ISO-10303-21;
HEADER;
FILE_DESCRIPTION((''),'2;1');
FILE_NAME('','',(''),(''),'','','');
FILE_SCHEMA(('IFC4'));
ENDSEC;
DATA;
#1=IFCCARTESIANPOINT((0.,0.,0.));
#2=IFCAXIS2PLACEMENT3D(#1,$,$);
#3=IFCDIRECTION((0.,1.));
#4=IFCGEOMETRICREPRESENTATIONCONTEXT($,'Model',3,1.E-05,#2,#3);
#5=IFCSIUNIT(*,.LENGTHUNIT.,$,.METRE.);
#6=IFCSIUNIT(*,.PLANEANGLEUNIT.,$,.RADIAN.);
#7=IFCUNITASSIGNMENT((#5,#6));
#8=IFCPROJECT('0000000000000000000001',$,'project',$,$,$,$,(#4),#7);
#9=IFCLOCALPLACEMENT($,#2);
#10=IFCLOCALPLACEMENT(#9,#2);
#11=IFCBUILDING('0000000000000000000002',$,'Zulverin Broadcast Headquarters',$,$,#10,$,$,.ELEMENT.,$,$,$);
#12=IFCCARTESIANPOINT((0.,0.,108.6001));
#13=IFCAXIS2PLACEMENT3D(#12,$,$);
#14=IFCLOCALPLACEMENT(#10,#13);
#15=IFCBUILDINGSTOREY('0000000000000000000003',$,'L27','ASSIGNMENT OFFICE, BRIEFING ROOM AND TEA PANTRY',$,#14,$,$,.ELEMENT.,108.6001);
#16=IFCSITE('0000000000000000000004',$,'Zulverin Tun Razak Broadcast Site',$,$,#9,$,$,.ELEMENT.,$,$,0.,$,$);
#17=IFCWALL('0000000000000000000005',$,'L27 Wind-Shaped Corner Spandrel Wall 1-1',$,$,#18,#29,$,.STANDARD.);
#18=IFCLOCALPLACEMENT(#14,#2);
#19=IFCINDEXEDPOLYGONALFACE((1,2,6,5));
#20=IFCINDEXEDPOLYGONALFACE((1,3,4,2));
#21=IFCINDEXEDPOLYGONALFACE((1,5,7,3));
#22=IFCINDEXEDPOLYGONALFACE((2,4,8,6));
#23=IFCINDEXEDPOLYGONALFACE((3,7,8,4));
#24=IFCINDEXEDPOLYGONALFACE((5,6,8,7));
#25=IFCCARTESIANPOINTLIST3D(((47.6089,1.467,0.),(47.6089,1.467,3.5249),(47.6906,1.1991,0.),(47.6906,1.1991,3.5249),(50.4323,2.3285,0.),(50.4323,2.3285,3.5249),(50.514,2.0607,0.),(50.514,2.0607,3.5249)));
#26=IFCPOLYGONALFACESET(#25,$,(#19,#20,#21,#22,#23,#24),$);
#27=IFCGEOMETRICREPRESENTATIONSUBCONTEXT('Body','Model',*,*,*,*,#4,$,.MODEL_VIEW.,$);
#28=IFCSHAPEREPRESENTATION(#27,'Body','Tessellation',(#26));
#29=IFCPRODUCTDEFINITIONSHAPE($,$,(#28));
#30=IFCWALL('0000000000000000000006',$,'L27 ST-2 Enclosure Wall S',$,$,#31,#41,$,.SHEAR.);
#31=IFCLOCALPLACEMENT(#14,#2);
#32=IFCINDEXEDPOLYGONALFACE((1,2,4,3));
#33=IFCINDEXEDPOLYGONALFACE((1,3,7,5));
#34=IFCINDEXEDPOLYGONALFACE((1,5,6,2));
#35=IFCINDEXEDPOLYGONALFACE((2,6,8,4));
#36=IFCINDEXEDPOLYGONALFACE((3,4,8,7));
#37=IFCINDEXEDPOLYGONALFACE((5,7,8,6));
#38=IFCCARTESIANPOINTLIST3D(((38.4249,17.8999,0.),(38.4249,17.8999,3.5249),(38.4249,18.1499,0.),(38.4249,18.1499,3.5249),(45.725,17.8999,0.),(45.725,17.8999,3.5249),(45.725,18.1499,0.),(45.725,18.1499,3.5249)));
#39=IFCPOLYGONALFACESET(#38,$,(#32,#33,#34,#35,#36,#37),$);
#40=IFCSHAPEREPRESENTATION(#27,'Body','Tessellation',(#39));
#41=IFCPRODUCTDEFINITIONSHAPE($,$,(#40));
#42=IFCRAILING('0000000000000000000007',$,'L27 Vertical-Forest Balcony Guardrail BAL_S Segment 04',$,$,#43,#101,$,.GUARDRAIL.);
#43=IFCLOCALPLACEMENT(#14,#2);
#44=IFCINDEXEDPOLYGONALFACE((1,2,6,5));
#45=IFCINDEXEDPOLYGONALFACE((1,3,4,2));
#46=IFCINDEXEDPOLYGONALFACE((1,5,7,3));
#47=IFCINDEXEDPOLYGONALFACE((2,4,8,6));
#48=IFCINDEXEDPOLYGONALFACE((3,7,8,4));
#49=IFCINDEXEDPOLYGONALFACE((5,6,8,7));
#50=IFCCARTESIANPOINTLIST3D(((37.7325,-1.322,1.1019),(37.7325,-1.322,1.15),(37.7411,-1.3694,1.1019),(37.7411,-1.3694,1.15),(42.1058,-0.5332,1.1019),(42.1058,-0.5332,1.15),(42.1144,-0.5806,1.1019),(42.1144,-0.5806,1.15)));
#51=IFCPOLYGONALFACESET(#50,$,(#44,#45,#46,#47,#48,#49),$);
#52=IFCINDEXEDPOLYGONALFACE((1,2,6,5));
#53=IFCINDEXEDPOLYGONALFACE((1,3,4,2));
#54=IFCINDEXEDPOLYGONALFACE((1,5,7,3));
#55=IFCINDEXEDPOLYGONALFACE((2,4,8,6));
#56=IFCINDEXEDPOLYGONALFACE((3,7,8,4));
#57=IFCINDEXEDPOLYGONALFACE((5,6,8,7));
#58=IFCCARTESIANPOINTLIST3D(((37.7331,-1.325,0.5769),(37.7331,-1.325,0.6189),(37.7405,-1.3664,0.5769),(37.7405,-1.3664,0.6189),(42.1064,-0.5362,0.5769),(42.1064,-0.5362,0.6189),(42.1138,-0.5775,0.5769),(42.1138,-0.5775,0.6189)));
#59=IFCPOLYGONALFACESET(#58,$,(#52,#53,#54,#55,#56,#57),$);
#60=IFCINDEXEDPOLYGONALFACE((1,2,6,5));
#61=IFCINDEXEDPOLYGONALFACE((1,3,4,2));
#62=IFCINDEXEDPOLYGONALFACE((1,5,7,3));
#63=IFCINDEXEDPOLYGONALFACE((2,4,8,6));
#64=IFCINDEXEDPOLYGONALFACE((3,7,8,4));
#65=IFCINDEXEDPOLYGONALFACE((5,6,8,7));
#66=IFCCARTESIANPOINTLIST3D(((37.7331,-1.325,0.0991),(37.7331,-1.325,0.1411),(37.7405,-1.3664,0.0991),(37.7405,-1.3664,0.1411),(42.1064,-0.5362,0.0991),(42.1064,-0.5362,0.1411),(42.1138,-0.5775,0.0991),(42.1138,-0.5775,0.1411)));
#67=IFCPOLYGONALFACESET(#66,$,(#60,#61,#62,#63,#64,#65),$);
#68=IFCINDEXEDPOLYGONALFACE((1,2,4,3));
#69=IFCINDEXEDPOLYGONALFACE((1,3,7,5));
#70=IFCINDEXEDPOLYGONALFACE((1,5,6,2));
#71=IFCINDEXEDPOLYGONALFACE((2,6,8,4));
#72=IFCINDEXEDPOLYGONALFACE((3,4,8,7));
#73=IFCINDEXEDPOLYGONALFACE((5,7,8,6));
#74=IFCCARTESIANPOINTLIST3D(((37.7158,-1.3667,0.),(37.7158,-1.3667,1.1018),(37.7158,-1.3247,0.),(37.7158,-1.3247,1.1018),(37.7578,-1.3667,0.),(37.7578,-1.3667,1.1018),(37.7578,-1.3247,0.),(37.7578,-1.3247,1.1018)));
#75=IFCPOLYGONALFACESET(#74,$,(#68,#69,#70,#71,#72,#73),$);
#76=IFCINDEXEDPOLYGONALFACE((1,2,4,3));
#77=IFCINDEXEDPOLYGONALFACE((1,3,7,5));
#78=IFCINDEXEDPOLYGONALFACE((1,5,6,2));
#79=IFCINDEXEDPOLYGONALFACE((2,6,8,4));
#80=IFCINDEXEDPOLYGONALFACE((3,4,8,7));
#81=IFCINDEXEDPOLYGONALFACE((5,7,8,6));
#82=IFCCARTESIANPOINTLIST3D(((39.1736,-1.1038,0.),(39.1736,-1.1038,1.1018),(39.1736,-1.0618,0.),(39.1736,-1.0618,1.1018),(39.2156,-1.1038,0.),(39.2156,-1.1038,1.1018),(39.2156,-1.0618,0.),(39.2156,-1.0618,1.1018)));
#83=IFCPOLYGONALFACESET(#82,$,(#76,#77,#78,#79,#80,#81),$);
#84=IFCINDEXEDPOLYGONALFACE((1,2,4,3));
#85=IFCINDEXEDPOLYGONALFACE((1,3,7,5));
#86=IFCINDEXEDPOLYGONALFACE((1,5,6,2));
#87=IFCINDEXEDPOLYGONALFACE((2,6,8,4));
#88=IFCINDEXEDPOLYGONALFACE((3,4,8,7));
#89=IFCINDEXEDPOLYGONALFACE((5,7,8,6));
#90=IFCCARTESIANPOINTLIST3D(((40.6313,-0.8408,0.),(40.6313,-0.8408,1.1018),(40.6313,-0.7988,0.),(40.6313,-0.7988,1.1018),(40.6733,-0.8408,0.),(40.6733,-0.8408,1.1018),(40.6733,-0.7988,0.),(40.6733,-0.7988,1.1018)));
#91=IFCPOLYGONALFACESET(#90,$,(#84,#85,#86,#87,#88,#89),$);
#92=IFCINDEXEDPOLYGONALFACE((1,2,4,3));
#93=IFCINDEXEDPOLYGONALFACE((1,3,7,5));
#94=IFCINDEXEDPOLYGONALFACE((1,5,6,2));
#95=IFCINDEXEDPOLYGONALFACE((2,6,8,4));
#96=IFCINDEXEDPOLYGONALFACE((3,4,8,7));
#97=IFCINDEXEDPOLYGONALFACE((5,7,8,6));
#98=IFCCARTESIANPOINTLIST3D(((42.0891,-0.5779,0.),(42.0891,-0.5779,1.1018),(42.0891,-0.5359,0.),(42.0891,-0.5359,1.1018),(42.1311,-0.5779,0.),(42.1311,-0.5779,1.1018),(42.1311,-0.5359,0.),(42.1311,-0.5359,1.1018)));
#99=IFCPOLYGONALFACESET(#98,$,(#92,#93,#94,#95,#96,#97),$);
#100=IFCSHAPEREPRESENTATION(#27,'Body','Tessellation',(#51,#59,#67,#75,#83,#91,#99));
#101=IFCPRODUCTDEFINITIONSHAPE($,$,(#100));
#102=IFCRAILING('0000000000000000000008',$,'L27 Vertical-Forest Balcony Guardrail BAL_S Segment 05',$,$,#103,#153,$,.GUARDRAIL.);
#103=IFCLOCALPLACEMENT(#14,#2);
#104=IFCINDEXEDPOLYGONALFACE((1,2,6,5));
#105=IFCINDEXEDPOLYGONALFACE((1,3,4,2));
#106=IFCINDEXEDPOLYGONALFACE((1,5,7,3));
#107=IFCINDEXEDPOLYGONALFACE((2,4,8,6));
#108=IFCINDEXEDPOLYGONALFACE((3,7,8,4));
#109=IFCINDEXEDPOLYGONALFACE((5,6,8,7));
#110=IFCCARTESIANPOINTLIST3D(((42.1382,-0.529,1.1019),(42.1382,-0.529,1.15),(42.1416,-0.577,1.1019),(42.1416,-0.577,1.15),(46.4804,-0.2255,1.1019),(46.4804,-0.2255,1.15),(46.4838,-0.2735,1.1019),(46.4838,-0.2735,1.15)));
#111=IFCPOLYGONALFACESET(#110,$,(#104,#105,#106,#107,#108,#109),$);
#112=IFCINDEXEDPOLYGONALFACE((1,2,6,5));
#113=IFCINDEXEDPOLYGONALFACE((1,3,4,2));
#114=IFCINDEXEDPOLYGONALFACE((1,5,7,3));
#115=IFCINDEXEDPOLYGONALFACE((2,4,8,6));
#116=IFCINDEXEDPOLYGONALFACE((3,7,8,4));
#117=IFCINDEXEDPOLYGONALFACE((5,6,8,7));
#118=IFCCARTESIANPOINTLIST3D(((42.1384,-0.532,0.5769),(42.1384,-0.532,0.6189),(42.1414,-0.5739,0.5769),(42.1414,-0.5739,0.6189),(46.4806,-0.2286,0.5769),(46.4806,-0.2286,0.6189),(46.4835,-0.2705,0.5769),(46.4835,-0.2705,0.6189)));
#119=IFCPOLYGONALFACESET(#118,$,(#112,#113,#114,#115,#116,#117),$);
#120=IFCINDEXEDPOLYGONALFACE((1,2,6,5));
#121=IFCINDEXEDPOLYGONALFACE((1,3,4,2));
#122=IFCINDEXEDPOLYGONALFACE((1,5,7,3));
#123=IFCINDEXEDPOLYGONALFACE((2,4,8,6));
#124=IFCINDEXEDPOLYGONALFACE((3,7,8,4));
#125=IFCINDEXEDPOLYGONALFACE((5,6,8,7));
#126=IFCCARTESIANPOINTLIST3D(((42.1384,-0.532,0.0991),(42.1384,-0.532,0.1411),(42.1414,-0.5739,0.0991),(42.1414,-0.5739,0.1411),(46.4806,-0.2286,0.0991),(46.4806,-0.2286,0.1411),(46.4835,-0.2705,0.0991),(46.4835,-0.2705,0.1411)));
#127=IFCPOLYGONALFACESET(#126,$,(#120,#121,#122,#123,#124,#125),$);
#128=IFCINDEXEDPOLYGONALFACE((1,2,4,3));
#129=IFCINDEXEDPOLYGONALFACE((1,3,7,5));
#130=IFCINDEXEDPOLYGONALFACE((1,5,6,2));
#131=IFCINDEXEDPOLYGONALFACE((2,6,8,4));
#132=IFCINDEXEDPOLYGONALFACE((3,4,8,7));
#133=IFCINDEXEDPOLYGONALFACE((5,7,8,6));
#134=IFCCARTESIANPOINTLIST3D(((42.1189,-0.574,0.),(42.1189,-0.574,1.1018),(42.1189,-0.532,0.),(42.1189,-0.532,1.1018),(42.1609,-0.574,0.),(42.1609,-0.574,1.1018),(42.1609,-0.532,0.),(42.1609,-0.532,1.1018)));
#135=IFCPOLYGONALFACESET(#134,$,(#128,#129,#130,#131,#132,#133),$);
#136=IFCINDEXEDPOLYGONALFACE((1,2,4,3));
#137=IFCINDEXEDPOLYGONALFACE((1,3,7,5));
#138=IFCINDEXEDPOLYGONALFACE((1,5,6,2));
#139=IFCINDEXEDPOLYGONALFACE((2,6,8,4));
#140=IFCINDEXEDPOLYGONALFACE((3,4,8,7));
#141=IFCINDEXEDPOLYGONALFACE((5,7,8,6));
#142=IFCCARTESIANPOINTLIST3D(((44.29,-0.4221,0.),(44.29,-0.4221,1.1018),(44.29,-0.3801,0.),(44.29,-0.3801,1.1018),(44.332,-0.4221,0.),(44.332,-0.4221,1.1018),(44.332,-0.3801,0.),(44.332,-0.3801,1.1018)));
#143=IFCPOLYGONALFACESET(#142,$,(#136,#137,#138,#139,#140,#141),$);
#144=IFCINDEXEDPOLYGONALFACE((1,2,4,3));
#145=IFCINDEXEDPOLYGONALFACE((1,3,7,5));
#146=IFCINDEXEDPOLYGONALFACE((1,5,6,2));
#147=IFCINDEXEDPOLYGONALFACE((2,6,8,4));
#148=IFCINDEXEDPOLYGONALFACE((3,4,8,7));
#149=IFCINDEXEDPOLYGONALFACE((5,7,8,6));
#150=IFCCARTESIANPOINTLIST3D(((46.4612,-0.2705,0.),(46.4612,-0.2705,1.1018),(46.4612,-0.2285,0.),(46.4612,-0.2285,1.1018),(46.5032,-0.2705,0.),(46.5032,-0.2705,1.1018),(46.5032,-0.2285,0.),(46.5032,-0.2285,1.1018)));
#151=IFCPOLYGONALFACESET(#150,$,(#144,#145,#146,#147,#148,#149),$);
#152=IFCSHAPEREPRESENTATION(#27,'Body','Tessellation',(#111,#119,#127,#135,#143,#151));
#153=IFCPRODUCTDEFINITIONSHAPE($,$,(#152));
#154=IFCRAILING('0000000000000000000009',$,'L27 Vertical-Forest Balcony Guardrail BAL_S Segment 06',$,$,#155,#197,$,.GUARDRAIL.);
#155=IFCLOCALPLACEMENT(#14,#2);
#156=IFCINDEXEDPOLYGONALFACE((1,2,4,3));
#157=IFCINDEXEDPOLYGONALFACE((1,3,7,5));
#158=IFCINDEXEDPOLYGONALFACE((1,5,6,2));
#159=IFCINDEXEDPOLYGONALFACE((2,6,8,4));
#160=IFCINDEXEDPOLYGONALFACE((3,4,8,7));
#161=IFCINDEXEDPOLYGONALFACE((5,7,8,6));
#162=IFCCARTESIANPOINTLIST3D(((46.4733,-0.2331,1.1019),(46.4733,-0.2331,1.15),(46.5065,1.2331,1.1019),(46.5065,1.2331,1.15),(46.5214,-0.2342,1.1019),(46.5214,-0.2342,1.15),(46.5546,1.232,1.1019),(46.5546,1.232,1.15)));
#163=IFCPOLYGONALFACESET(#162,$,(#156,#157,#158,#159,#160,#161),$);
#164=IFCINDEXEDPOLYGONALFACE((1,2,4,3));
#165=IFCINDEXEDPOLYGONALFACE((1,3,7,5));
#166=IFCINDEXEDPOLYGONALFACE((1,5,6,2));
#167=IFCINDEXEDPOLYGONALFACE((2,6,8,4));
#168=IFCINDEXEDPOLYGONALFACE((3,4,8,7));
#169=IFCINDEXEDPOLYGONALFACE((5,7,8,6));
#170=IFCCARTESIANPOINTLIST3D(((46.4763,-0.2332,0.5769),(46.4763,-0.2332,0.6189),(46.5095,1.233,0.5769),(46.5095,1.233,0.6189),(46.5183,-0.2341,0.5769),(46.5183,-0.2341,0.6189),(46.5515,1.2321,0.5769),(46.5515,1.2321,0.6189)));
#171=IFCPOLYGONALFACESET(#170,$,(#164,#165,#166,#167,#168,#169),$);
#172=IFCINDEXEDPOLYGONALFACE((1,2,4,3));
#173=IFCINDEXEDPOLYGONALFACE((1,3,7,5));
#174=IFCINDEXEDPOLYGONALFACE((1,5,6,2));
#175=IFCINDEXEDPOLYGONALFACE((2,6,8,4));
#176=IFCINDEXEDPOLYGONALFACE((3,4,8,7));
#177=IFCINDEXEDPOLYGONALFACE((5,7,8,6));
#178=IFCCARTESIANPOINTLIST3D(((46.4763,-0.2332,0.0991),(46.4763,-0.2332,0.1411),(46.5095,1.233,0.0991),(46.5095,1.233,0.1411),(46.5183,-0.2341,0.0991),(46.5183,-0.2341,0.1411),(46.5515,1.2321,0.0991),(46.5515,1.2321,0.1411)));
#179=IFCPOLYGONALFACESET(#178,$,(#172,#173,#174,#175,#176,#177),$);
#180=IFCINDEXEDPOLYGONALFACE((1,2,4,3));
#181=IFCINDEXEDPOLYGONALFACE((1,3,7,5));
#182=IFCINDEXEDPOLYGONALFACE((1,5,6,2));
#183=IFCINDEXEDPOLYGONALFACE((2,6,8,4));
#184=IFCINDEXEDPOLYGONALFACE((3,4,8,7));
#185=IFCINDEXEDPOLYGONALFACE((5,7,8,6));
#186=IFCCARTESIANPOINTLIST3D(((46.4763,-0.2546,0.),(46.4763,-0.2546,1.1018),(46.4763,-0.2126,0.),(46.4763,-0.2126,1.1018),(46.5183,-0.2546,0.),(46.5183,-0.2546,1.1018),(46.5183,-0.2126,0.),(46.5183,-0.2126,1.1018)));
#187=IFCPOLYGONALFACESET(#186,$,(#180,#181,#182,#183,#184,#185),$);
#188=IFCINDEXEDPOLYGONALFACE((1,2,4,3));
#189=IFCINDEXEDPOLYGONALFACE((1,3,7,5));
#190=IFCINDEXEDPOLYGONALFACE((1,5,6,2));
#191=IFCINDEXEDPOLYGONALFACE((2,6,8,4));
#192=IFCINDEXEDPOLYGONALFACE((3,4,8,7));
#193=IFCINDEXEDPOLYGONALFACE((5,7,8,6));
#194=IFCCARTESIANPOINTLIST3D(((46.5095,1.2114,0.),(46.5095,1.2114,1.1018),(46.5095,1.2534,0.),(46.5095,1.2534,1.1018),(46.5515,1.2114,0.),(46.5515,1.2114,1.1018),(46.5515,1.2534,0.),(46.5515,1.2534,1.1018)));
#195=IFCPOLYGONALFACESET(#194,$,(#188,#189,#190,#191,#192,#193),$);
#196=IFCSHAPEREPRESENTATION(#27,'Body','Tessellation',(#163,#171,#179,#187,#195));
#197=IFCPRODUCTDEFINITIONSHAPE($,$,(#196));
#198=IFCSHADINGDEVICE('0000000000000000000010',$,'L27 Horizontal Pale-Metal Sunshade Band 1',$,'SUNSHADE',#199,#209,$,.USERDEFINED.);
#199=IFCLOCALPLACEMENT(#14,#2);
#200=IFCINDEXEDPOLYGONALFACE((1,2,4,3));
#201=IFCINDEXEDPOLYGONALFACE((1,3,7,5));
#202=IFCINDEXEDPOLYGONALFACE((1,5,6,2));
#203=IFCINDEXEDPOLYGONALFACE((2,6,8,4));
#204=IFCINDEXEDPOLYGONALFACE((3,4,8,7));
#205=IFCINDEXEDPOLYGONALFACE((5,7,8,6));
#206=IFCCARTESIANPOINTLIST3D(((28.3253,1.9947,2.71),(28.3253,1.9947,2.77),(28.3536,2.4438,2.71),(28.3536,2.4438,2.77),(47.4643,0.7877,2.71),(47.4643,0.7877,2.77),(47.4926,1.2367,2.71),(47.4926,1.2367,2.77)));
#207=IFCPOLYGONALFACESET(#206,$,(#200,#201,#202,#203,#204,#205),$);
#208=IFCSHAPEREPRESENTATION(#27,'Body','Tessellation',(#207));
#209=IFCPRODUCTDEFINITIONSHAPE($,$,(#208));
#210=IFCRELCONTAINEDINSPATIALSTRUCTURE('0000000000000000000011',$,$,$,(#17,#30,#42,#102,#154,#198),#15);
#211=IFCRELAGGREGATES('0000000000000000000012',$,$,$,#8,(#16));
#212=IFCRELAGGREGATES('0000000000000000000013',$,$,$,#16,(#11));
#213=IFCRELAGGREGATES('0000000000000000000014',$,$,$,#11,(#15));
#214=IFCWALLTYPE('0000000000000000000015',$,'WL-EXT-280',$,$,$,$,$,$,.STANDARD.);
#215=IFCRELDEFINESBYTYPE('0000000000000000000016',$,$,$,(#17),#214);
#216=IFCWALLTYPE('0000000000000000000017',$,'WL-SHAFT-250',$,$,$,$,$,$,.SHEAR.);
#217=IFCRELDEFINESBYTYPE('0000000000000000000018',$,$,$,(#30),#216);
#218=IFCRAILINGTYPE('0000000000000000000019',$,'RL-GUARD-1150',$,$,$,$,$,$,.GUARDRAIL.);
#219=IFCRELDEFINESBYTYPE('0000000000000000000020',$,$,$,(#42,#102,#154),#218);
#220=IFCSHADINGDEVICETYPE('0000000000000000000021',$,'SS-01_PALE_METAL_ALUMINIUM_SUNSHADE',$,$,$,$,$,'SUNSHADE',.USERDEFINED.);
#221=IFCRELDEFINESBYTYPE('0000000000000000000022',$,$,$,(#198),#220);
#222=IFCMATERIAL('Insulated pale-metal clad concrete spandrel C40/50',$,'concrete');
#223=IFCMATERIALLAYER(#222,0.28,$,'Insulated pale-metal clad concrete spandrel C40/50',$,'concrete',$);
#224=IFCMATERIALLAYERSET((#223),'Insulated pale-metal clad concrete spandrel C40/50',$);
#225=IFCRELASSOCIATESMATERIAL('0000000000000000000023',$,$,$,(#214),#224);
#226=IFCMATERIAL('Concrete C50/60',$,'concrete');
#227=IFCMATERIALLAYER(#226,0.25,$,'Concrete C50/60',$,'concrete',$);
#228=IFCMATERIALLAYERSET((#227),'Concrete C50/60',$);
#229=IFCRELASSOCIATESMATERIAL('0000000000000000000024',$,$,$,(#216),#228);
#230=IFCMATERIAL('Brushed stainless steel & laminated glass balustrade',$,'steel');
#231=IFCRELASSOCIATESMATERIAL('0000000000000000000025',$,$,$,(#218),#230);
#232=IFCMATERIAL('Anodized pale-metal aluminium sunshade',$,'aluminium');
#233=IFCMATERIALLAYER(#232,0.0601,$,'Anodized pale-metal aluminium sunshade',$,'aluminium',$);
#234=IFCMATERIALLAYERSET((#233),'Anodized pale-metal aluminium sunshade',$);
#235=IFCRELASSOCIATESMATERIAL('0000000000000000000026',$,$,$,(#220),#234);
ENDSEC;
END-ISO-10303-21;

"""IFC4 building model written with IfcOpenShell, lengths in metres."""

from ifc_helpers import new_model, si_unit, direction, frame, frame_2d, origin, origin_2d, place, context, subcontext, project, spatial, rectangle, extrude, material, layer, layer_set, type_object, element, save


model = new_model("IFC4")

# Units and contexts
model_context = context("Model", 3, precision=1e-05, world=origin(), true_north=direction((0.0, 1.0)))
body_context = subcontext(model_context, "Body", "Model", "MODEL_VIEW")
ifc_project = project(units=[si_unit("LENGTHUNIT", "METRE"), si_unit("PLANEANGLEUNIT", "RADIAN")], contexts=[model_context])

# Site, building, storey
site_placement = place(None, origin())
site = spatial("IfcSite", under=ifc_project, at=site_placement, Name="Zulverin Tun Razak Broadcast Site", CompositionType="ELEMENT", RefElevation=0.0)
building_placement = place(site_placement, origin())
building = spatial("IfcBuilding", under=site, at=building_placement, Name="Zulverin Broadcast Headquarters", CompositionType="ELEMENT")
storey_placement = place(building_placement, frame((0.0, 0.0, 108.6001)))
storey = spatial("IfcBuildingStorey", under=building, at=storey_placement, Name="L27", Description="ASSIGNMENT OFFICE, BRIEFING ROOM AND TEA PANTRY", CompositionType="ELEMENT", Elevation=108.6001)

# Walls
ifc_material_1 = material(Name="Insulated pale-metal clad concrete spandrel C40/50", Category="concrete")
ifc_layer_1 = layer(ifc_material_1, 0.28, Name="Insulated pale-metal clad concrete spandrel C40/50", Category="concrete")
ifc_layer_set_1 = layer_set([ifc_layer_1], Name="Insulated pale-metal clad concrete spandrel C40/50")
wall_type_1 = type_object("IfcWallType", Name="WL-EXT-280", PredefinedType="STANDARD", material=ifc_layer_set_1)
wall_1_placement = place(storey_placement, frame((47.6497, 1.333, 0.0), z_axis=(0.0, 0.0, 1.0), x_axis=(0.956461, 0.291859, 0.0)))
element("IfcWall", 1, at=wall_1_placement, inside=storey, type_object=wall_type_1, Name="L27 Wind-Shaped Corner Spandrel Wall 1-1", PredefinedType="STANDARD", context=body_context, shape_type="SweptSolid", body=[
    extrude(rectangle(XDim=2.9519, YDim=0.28, at=frame_2d((1.4761, 0.0))), origin(), (0.0, 0.0, 1.0), 3.5249),
])
ifc_material_2 = material(Name="Concrete C50/60", Category="concrete")
ifc_layer_2 = layer(ifc_material_2, 0.25, Name="Concrete C50/60", Category="concrete")
ifc_layer_set_2 = layer_set([ifc_layer_2], Name="Concrete C50/60")
wall_type_2 = type_object("IfcWallType", Name="WL-SHAFT-250", PredefinedType="SHEAR", material=ifc_layer_set_2)
wall_2_placement = place(storey_placement, frame((38.425, 18.0249, 0.0), z_axis=(0.0, 0.0, 1.0), x_axis=(1.0, 0.0, 0.0)))
element("IfcWall", 2, at=wall_2_placement, inside=storey, type_object=wall_type_2, Name="L27 ST-2 Enclosure Wall S", PredefinedType="SHEAR", context=body_context, shape_type="SweptSolid", body=[
    extrude(rectangle(XDim=7.3, YDim=0.25, at=frame_2d((3.6499, 0.0))), origin(), (0.0, 0.0, 1.0), 3.5249),
])

# Railings
ifc_material_3 = material(Name="Brushed stainless steel & laminated glass balustrade", Category="steel")
railing_type = type_object("IfcRailingType", Name="RL-GUARD-1150", PredefinedType="GUARDRAIL", material=ifc_material_3)
railing_1_placement = place(storey_placement, frame((37.7368, -1.3457, 0.0)))
element("IfcRailing", 3, at=railing_1_placement, inside=storey, type_object=railing_type, Name="L27 Vertical-Forest Balcony Guardrail BAL_S Segment 04", PredefinedType="GUARDRAIL", context=body_context, shape_type="SweptSolid", body=[
    extrude(rectangle(XDim=0.0481, YDim=0.0481, at=origin_2d()), frame((0.0, 0.0, 1.126), z_axis=(0.984119, 0.177507, 0.0), x_axis=(-0.177507, 0.984119, 0.0)), (0.0, 0.0, 1.0), 4.4438),
    extrude(rectangle(XDim=0.042, YDim=0.042, at=origin_2d()), frame((0.0, 0.0, 0.5979), z_axis=(0.984119, 0.177507, 0.0), x_axis=(-0.177507, 0.984119, 0.0)), (0.0, 0.0, 1.0), 4.4438),
    extrude(rectangle(XDim=0.042, YDim=0.042, at=origin_2d()), frame((0.0, 0.0, 0.1201), z_axis=(0.984119, 0.177507, 0.0), x_axis=(-0.177507, 0.984119, 0.0)), (0.0, 0.0, 1.0), 4.4438),
    extrude(rectangle(XDim=0.042, YDim=0.042, at=origin_2d()), origin(), (0.0, 0.0, 1.0), 1.1018),
    extrude(rectangle(XDim=0.042, YDim=0.042, at=origin_2d()), frame((1.4578, 0.2629, 0.0)), (0.0, 0.0, 1.0), 1.1018),
    extrude(rectangle(XDim=0.042, YDim=0.042, at=origin_2d()), frame((2.9155, 0.5259, 0.0)), (0.0, 0.0, 1.0), 1.1018),
    extrude(rectangle(XDim=0.042, YDim=0.042, at=origin_2d()), frame((4.3733, 0.7888, 0.0)), (0.0, 0.0, 1.0), 1.1018),
])
railing_2_placement = place(storey_placement, frame((42.1399, -0.553, 0.0)))
element("IfcRailing", 4, at=railing_2_placement, inside=storey, type_object=railing_type, Name="L27 Vertical-Forest Balcony Guardrail BAL_S Segment 05", PredefinedType="GUARDRAIL", context=body_context, shape_type="SweptSolid", body=[
    extrude(rectangle(XDim=0.0481, YDim=0.0481, at=origin_2d()), frame((0.0, 0.0, 1.126), z_axis=(0.997567, 0.069716, 0.0), x_axis=(-0.069716, 0.997567, 0.0)), (0.0, 0.0, 1.0), 4.3528),
    extrude(rectangle(XDim=0.042, YDim=0.042, at=origin_2d()), frame((0.0, 0.0, 0.5979), z_axis=(0.997567, 0.069716, 0.0), x_axis=(-0.069716, 0.997567, 0.0)), (0.0, 0.0, 1.0), 4.3528),
    extrude(rectangle(XDim=0.042, YDim=0.042, at=origin_2d()), frame((0.0, 0.0, 0.1201), z_axis=(0.997567, 0.069716, 0.0), x_axis=(-0.069716, 0.997567, 0.0)), (0.0, 0.0, 1.0), 4.3528),
    extrude(rectangle(XDim=0.042, YDim=0.042, at=origin_2d()), origin(), (0.0, 0.0, 1.0), 1.1018),
    extrude(rectangle(XDim=0.042, YDim=0.042, at=origin_2d()), frame((2.1711, 0.1519, 0.0)), (0.0, 0.0, 1.0), 1.1018),
    extrude(rectangle(XDim=0.042, YDim=0.042, at=origin_2d()), frame((4.3423, 0.3035, 0.0)), (0.0, 0.0, 1.0), 1.1018),
])
railing_3_placement = place(storey_placement, frame((46.4973, -0.2336, 0.0)))
element("IfcRailing", 5, at=railing_3_placement, inside=storey, type_object=railing_type, Name="L27 Vertical-Forest Balcony Guardrail BAL_S Segment 06", PredefinedType="GUARDRAIL", context=body_context, shape_type="SweptSolid", body=[
    extrude(rectangle(XDim=0.0481, YDim=0.0481, at=origin_2d()), frame((0.0, 0.0, 1.126), z_axis=(0.022642, 0.999744, 0.0), x_axis=(-0.999744, 0.022642, 0.0)), (0.0, 0.0, 1.0), 1.4666),
    extrude(rectangle(XDim=0.042, YDim=0.042, at=origin_2d()), frame((0.0, 0.0, 0.5979), z_axis=(0.022642, 0.999744, 0.0), x_axis=(-0.999744, 0.022642, 0.0)), (0.0, 0.0, 1.0), 1.4666),
    extrude(rectangle(XDim=0.042, YDim=0.042, at=origin_2d()), frame((0.0, 0.0, 0.1201), z_axis=(0.022642, 0.999744, 0.0), x_axis=(-0.999744, 0.022642, 0.0)), (0.0, 0.0, 1.0), 1.4666),
    extrude(rectangle(XDim=0.042, YDim=0.042, at=origin_2d()), origin(), (0.0, 0.0, 1.0), 1.1018),
    extrude(rectangle(XDim=0.042, YDim=0.042, at=origin_2d()), frame((0.0332, 1.4661, 0.0)), (0.0, 0.0, 1.0), 1.1018),
])

# Shading device
ifc_material_4 = material(Name="Anodized pale-metal aluminium sunshade", Category="aluminium")
ifc_layer_3 = layer(ifc_material_4, 0.0601, Name="Anodized pale-metal aluminium sunshade", Category="aluminium")
ifc_layer_set_3 = layer_set([ifc_layer_3], Name="Anodized pale-metal aluminium sunshade")
shading_device_type = type_object("IfcShadingDeviceType", Name="SS-01_PALE_METAL_ALUMINIUM_SUNSHADE", ElementType="SUNSHADE", PredefinedType="USERDEFINED", material=ifc_layer_set_3)
shading_device_placement = place(storey_placement, frame((37.9089, 1.6157, 2.71), z_axis=(0.0, 0.0, 1.0), x_axis=(0.998017, -0.062942, 0.0)))
element("IfcShadingDevice", 6, at=shading_device_placement, inside=storey, type_object=shading_device_type, Name="L27 Horizontal Pale-Metal Sunshade Band 1", ObjectType="SUNSHADE", PredefinedType="USERDEFINED", context=body_context, shape_type="SweptSolid", body=[
    extrude(rectangle(XDim=19.177, YDim=0.45, at=origin_2d()), origin(), (0.0, 0.0, 1.0), 0.0601),
])

save(model, "model.ifc")
